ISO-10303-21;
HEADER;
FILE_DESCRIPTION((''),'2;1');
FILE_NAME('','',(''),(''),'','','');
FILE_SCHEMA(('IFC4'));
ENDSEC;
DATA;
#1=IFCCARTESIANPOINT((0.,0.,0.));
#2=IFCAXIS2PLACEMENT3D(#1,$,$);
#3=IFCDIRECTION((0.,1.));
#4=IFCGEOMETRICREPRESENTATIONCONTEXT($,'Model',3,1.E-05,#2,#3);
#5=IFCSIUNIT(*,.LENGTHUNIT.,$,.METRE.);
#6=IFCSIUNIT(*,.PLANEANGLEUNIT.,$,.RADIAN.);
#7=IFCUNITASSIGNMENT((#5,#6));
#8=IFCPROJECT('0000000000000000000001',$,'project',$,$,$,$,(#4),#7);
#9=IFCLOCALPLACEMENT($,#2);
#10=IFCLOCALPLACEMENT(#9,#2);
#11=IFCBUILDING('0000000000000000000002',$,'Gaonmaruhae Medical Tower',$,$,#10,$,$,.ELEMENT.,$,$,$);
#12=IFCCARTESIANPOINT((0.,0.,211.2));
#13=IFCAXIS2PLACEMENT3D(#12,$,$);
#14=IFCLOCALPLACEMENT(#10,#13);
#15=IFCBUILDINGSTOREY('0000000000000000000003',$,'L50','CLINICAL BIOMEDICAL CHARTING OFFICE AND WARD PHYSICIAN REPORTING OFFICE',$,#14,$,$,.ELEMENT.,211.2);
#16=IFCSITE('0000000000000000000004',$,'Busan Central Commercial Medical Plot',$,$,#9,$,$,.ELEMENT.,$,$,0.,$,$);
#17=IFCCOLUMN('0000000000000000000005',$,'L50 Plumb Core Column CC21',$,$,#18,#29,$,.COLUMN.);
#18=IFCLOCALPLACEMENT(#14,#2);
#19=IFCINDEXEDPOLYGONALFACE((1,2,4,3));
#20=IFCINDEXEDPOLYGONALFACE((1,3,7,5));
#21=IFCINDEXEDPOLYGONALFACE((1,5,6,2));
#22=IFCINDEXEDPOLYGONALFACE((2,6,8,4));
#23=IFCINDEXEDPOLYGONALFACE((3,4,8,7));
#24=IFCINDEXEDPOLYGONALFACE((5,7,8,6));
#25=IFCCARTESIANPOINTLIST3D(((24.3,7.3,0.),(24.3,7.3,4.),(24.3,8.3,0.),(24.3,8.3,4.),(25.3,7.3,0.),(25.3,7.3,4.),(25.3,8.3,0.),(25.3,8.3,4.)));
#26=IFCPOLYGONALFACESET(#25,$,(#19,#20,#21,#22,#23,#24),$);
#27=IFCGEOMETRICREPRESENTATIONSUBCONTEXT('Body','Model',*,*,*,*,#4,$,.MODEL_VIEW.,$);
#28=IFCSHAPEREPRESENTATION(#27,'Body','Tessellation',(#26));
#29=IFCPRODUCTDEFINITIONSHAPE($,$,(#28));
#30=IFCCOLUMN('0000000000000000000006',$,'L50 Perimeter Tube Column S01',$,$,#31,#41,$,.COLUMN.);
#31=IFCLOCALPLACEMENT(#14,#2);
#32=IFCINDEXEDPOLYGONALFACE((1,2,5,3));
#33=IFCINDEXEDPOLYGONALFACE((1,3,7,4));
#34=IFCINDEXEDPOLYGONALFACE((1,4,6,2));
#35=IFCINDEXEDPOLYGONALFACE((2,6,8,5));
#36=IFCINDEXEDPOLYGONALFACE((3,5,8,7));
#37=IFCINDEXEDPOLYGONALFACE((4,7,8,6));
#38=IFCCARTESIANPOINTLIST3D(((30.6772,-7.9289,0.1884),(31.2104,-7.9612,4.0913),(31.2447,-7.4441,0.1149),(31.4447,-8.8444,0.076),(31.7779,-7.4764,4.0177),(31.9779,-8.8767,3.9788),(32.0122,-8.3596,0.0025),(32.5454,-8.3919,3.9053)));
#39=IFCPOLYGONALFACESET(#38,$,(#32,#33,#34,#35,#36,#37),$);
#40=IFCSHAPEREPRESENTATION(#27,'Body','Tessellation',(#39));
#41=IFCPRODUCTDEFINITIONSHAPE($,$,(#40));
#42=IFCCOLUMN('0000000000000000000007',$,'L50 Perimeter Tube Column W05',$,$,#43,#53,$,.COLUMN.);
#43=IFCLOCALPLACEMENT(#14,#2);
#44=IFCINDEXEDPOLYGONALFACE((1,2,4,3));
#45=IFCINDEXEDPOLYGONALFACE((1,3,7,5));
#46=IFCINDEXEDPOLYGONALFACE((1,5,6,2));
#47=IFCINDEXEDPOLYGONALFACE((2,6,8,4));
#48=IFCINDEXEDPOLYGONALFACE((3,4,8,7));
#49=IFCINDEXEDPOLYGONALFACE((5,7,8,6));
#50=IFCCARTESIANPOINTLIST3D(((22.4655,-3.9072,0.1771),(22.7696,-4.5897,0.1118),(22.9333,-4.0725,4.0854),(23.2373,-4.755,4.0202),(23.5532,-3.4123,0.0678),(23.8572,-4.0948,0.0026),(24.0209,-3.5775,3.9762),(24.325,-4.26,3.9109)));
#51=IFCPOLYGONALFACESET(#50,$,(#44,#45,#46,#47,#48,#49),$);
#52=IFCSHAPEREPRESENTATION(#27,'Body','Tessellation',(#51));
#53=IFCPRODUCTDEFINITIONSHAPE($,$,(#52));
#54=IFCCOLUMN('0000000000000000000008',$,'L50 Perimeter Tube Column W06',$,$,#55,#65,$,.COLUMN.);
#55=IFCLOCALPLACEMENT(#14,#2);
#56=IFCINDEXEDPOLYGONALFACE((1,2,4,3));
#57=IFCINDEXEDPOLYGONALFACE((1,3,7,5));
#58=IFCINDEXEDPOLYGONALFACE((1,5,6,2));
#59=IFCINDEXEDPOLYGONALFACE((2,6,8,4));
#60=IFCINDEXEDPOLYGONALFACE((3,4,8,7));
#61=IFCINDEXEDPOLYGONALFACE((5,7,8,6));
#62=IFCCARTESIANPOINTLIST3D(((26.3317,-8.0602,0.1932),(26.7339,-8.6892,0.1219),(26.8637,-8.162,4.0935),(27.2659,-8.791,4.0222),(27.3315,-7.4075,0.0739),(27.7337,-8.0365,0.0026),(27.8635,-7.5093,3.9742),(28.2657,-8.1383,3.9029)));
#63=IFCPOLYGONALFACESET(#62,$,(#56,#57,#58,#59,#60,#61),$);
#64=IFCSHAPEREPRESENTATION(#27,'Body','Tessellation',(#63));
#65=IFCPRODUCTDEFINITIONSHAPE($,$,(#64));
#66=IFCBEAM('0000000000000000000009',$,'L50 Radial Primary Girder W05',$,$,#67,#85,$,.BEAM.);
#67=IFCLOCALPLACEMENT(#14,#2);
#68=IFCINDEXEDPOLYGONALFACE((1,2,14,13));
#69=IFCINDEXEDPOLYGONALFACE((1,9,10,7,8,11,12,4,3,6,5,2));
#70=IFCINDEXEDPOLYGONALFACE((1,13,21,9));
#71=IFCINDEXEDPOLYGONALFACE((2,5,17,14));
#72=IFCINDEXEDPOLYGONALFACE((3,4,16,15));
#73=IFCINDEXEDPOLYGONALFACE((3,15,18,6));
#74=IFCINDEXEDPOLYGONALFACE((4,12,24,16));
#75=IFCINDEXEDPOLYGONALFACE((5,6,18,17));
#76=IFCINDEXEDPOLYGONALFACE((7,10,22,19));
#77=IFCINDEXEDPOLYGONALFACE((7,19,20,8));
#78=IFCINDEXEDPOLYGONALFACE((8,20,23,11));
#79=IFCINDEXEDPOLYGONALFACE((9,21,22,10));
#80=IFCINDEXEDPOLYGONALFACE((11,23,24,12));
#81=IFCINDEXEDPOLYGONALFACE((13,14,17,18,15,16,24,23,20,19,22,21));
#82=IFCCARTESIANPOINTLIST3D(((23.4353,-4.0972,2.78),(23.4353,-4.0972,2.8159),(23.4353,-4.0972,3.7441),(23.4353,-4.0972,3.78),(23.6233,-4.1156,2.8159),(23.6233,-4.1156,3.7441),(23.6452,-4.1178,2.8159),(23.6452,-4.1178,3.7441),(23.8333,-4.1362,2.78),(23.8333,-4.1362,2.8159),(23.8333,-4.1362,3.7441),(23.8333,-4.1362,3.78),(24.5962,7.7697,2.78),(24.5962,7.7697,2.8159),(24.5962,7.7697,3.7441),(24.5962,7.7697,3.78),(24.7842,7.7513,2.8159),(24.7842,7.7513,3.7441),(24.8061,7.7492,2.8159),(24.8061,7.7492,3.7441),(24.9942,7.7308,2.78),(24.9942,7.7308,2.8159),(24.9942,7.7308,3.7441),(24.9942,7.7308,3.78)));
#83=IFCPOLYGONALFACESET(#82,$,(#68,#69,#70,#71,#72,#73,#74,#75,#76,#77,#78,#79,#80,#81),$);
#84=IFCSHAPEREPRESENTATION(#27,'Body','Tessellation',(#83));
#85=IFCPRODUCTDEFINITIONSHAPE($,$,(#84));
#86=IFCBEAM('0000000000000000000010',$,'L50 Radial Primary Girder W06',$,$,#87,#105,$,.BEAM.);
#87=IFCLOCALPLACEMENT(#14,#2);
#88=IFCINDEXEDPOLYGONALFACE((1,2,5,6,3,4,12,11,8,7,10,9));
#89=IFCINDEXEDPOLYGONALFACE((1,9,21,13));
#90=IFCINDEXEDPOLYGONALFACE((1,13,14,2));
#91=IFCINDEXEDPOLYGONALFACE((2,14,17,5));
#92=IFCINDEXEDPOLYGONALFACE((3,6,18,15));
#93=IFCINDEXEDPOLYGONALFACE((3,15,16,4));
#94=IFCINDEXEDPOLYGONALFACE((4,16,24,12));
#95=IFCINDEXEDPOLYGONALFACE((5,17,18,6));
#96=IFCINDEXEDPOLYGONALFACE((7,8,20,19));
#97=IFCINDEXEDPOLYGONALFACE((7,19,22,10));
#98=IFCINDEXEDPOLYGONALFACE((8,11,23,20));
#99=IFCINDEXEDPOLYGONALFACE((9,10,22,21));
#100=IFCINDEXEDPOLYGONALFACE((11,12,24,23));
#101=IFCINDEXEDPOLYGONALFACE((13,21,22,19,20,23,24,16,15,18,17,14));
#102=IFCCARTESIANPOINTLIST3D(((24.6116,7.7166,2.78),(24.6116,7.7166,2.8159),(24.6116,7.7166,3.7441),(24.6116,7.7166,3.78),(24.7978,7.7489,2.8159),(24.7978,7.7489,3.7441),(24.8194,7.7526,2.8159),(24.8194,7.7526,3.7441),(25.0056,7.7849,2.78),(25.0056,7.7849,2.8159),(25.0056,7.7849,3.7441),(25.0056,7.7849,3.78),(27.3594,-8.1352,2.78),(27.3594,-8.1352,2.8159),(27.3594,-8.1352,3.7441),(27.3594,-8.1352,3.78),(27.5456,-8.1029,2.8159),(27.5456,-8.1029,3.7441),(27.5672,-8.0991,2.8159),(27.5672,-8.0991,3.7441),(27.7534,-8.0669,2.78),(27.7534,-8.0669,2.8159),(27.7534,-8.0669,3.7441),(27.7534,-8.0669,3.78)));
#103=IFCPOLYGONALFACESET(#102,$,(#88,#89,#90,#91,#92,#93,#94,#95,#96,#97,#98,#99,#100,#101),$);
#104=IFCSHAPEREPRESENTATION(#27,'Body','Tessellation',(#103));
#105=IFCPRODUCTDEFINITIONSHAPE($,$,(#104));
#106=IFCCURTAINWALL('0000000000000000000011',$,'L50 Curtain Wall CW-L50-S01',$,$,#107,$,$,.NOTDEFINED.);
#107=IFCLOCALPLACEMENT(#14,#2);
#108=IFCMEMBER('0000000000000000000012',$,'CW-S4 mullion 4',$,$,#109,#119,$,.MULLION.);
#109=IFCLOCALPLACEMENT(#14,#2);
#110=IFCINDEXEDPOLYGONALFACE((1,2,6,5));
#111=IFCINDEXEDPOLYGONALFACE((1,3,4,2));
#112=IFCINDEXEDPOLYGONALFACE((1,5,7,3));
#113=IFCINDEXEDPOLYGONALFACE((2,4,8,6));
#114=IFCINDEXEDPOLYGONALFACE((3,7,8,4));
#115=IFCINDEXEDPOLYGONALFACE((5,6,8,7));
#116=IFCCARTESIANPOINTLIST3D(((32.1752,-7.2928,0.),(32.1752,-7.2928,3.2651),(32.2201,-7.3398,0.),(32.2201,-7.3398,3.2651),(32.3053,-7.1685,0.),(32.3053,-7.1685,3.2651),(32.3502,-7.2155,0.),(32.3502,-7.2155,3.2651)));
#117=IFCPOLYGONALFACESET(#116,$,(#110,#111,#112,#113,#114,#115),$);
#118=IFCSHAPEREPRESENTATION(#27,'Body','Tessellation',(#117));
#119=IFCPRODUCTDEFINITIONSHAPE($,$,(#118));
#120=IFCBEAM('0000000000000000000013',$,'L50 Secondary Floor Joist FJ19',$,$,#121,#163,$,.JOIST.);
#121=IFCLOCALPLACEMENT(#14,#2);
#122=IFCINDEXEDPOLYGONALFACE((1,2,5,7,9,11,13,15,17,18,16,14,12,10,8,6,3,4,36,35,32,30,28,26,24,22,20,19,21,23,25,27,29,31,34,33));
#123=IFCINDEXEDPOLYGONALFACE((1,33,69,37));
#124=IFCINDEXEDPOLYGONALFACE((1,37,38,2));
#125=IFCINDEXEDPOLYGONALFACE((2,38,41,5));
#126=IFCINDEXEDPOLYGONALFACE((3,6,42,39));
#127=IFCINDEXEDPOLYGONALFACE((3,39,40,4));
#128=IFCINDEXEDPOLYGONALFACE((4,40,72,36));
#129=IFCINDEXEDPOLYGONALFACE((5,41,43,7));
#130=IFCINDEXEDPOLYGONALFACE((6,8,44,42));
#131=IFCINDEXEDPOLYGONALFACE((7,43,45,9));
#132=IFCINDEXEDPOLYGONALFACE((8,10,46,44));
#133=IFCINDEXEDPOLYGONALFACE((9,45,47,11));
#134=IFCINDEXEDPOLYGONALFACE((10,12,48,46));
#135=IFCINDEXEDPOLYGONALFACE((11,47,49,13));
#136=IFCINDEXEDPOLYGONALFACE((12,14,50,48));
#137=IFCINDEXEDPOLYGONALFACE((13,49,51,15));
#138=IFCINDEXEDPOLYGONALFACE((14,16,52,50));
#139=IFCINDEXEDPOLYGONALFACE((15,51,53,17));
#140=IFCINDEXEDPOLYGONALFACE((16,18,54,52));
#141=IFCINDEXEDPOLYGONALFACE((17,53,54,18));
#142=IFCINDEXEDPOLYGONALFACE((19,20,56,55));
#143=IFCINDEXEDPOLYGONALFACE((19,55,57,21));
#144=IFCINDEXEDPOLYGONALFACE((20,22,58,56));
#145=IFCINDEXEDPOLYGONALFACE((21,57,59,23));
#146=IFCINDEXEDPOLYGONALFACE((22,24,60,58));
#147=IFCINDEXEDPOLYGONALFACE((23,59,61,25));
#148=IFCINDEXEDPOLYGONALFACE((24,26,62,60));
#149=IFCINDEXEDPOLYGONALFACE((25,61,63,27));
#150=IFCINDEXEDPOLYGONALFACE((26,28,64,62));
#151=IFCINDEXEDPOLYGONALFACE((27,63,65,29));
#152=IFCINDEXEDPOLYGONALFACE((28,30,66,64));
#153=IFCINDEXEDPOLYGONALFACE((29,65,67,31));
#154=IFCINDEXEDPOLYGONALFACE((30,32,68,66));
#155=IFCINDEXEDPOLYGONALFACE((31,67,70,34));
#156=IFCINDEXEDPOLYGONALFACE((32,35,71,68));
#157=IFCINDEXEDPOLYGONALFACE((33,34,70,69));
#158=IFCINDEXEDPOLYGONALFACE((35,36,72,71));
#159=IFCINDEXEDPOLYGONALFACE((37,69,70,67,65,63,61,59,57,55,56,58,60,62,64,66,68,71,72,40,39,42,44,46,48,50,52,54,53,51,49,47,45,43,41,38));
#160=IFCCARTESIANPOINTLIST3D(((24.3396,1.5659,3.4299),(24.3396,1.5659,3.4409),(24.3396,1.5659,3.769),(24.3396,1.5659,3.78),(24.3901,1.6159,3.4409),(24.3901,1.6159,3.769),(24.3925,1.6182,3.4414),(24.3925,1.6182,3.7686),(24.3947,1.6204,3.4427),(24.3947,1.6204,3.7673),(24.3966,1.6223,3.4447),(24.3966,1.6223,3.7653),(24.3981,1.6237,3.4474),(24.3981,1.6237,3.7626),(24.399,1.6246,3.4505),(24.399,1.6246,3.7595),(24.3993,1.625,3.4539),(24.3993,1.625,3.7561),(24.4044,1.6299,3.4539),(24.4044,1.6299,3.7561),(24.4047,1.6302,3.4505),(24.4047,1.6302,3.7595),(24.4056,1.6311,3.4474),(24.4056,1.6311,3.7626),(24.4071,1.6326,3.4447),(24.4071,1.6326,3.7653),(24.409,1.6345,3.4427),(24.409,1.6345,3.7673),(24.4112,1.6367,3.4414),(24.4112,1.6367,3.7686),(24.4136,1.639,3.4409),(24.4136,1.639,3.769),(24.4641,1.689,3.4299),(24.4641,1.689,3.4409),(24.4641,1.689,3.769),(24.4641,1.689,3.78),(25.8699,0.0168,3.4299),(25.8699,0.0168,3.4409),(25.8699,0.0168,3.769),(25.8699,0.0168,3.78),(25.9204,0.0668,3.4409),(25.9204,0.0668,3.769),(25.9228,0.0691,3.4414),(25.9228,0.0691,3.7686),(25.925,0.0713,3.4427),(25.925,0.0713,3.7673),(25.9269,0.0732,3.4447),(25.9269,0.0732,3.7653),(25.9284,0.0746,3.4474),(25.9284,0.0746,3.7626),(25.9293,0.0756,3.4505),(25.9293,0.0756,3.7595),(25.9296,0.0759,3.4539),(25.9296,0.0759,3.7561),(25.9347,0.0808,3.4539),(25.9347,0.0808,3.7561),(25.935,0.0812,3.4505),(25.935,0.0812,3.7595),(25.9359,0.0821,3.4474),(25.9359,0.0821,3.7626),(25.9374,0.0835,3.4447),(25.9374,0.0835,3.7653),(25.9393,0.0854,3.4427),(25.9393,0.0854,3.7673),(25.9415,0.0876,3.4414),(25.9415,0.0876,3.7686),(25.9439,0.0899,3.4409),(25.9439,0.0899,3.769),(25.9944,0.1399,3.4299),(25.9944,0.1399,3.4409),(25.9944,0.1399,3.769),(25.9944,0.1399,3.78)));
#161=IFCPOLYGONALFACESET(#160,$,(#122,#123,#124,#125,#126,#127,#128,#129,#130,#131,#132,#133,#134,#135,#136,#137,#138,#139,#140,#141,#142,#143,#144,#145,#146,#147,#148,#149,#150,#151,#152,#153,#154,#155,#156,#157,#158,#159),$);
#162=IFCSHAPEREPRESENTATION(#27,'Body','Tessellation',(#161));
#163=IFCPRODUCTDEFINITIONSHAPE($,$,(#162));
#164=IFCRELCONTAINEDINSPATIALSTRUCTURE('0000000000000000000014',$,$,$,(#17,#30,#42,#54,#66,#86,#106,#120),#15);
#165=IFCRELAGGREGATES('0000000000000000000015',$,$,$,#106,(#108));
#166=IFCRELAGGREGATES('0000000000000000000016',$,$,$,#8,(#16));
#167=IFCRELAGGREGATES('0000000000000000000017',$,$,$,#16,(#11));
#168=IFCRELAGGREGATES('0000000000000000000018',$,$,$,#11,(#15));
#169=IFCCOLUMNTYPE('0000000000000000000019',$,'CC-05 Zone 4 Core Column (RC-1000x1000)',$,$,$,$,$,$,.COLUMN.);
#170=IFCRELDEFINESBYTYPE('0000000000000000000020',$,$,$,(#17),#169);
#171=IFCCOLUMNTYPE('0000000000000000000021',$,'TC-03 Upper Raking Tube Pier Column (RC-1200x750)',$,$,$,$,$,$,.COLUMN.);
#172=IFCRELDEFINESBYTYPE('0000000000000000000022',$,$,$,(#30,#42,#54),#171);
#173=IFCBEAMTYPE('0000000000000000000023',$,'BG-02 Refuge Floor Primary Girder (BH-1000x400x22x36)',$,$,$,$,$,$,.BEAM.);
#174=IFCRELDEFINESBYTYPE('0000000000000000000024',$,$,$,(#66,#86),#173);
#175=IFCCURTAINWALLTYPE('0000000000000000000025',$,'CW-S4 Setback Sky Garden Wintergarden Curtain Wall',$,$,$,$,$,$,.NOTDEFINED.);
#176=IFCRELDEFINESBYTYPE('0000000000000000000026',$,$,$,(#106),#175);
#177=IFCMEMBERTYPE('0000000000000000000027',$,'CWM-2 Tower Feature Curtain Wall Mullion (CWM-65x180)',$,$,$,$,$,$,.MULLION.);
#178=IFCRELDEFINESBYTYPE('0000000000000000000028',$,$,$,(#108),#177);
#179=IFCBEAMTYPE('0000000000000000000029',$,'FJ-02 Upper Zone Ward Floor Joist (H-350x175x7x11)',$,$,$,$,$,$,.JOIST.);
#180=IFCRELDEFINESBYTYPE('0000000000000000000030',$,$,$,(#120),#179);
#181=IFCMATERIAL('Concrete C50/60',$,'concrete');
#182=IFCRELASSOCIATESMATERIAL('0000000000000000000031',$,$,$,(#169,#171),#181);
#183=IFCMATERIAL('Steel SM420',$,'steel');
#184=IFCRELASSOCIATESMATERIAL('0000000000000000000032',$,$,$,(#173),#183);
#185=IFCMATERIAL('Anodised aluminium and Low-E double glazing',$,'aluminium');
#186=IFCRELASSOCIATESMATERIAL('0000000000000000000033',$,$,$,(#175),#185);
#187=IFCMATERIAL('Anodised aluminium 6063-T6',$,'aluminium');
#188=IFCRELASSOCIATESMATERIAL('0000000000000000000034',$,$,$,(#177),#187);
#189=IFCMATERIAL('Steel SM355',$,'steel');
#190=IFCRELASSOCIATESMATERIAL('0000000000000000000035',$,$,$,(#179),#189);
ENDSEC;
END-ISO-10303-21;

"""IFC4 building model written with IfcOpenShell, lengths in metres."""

from ifc_helpers import new_model, si_unit, direction, frame, origin, origin_2d, place, context, subcontext, project, spatial, rectangle, i_section, extrude, material, material_profile, profile_set, type_object, element, aggregate, save


model = new_model("IFC4")

# Units and contexts
model_context = context("Model", 3, precision=1e-05, world=origin(), true_north=direction((0.0, 1.0)))
body_context = subcontext(model_context, "Body", "Model", "MODEL_VIEW")
ifc_project = project(units=[si_unit("LENGTHUNIT", "METRE"), si_unit("PLANEANGLEUNIT", "RADIAN")], contexts=[model_context])

# Site, building, storey
site_placement = place(None, origin())
site = spatial("IfcSite", under=ifc_project, at=site_placement, Name="Busan Central Commercial Medical Plot", CompositionType="ELEMENT", RefElevation=0.0)
building_placement = place(site_placement, origin())
building = spatial("IfcBuilding", under=site, at=building_placement, Name="Gaonmaruhae Medical Tower", CompositionType="ELEMENT")
storey_placement = place(building_placement, frame((0.0, 0.0, 211.2)))
storey = spatial("IfcBuildingStorey", under=building, at=storey_placement, Name="L50", Description="CLINICAL BIOMEDICAL CHARTING OFFICE AND WARD PHYSICIAN REPORTING OFFICE", CompositionType="ELEMENT", Elevation=211.2)

# Columns
ifc_material_1 = material(Name="Concrete C50/60", Category="concrete")
ifc_material_profile_1 = material_profile(ifc_material_1, rectangle(XDim=1.0, YDim=1.0, at=origin_2d()), Name="RC-1000x1000")
ifc_profile_set_1 = profile_set([ifc_material_profile_1], Name="Concrete C50/60")
column_type_1 = type_object("IfcColumnType", Name="CC-05 Zone 4 Core Column (RC-1000x1000)", PredefinedType="COLUMN", material=ifc_profile_set_1)
column_1_placement = place(storey_placement, frame((24.8, 7.8, 0.0), z_axis=(0.0, 0.0, 1.0), x_axis=(1.0, 0.0, 0.0)))
element("IfcColumn", 1, at=column_1_placement, inside=storey, type_object=column_type_1, Name="L50 Plumb Core Column CC21", PredefinedType="COLUMN", context=body_context, shape_type="SweptSolid", body=[
    extrude(rectangle(XDim=1.0, YDim=1.0, at=origin_2d()), origin(), (0.0, 0.0, 1.0), 4.0),
])
ifc_material_profile_2 = material_profile(ifc_material_1, rectangle(XDim=1.2, YDim=0.75, at=origin_2d()), Name="RC-1200x750")
ifc_profile_set_2 = profile_set([ifc_material_profile_2], Name="Concrete C50/60")
column_type_2 = type_object("IfcColumnType", Name="TC-03 Upper Raking Tube Pier Column (RC-1200x750)", PredefinedType="COLUMN", material=ifc_profile_set_2)
column_2_placement = place(storey_placement, frame((31.3447, -8.1443, 0.0955), z_axis=(0.135358, -0.008181, 0.990763), x_axis=(-0.639638, 0.762946, 0.093687)))
element("IfcColumn", 2, at=column_2_placement, inside=storey, type_object=column_type_2, Name="L50 Perimeter Tube Column S01", PredefinedType="COLUMN", context=body_context, shape_type="SweptSolid", body=[
    extrude(rectangle(XDim=1.2, YDim=0.75, at=origin_2d()), origin(), (0.0, 0.0, 1.0), 3.9392),
])
column_3_placement = place(storey_placement, frame((23.1614, -4.001, 0.0898), z_axis=(0.11873, -0.041952, 0.99204), x_axis=(-0.90641, -0.412471, 0.091039)))
element("IfcColumn", 3, at=column_3_placement, inside=storey, type_object=column_type_2, Name="L50 Perimeter Tube Column W05", PredefinedType="COLUMN", context=body_context, shape_type="SweptSolid", body=[
    extrude(rectangle(XDim=1.2, YDim=0.75, at=origin_2d()), origin(), (0.0, 0.0, 1.0), 3.9397),
])
column_4_placement = place(storey_placement, frame((27.0327, -8.0483, 0.0979), z_axis=(0.135096, -0.025854, 0.990495), x_axis=(-0.833191, -0.54397, 0.099442)))
element("IfcColumn", 4, at=column_4_placement, inside=storey, type_object=column_type_2, Name="L50 Perimeter Tube Column W06", PredefinedType="COLUMN", context=body_context, shape_type="SweptSolid", body=[
    extrude(rectangle(XDim=1.2, YDim=0.75, at=origin_2d()), origin(), (0.0, 0.0, 1.0), 3.9377),
])

# Beams
ifc_material_2 = material(Name="Steel SM420", Category="steel")
ifc_material_profile_3 = material_profile(ifc_material_2, i_section(OverallWidth=0.3999, OverallDepth=1.0, WebThickness=0.022, FlangeThickness=0.0359, at=origin_2d()), Name="BH-1000x400x22x36")
ifc_profile_set_3 = profile_set([ifc_material_profile_3], Name="Steel SM420")
beam_type_1 = type_object("IfcBeamType", Name="BG-02 Refuge Floor Primary Girder (BH-1000x400x22x36)", PredefinedType="BEAM", material=ifc_profile_set_3)
beam_1_placement = place(storey_placement, frame((24.7952, 7.7502, 3.28), z_axis=(-0.097361, -0.995249, 0.0), x_axis=(0.995249, -0.097361, 0.0)))
element("IfcBeam", 5, at=beam_1_placement, inside=storey, type_object=beam_type_1, Name="L50 Radial Primary Girder W05", PredefinedType="BEAM", context=body_context, shape_type="SweptSolid", body=[
    extrude(i_section(OverallWidth=0.3999, OverallDepth=1.0, WebThickness=0.022, FlangeThickness=0.0359, at=origin_2d()), origin(), (0.0, 0.0, 1.0), 11.9236),
])
beam_2_placement = place(storey_placement, frame((24.8086, 7.7507, 3.28), z_axis=(0.170796, -0.985306, 0.0), x_axis=(0.985306, 0.170796, 0.0)))
element("IfcBeam", 6, at=beam_2_placement, inside=storey, type_object=beam_type_1, Name="L50 Radial Primary Girder W06", PredefinedType="BEAM", context=body_context, shape_type="SweptSolid", body=[
    extrude(i_section(OverallWidth=0.3999, OverallDepth=1.0, WebThickness=0.022, FlangeThickness=0.0359, at=origin_2d()), origin(), (0.0, 0.0, 1.0), 16.0881),
])

# Curtain wall, member
ifc_material_3 = material(Name="Anodised aluminium and Low-E double glazing", Category="aluminium")
curtain_wall_type = type_object("IfcCurtainWallType", Name="CW-S4 Setback Sky Garden Wintergarden Curtain Wall", PredefinedType="NOTDEFINED", material=ifc_material_3)
curtain_wall_placement = place(storey_placement, origin())
curtain_wall = element("IfcCurtainWall", 7, at=curtain_wall_placement, inside=storey, type_object=curtain_wall_type, Name="L50 Curtain Wall CW-L50-S01", PredefinedType="NOTDEFINED")
ifc_material_4 = material(Name="Anodised aluminium 6063-T6", Category="aluminium")
ifc_material_profile_4 = material_profile(ifc_material_4, rectangle(XDim=0.0649, YDim=0.1799, at=origin_2d()), Name="CWM-65x180")
ifc_profile_set_4 = profile_set([ifc_material_profile_4], Name="Anodised aluminium 6063-T6")
member_type = type_object("IfcMemberType", Name="CWM-2 Tower Feature Curtain Wall Mullion (CWM-65x180)", PredefinedType="MULLION", material=ifc_profile_set_4)
member_placement = place(storey_placement, frame((32.2627, -7.2542, 0.0), z_axis=(0.0, 0.0, 1.0), x_axis=(0.690882, -0.722967, 0.0)))
member = element("IfcMember", 8, at=member_placement, type_object=member_type, Name="CW-S4 mullion 4", PredefinedType="MULLION", context=body_context, shape_type="SweptSolid", body=[
    extrude(rectangle(XDim=0.0649, YDim=0.1799, at=origin_2d()), origin(), (0.0, 0.0, 1.0), 3.2651),
])
aggregate(curtain_wall, [member])

# Beam
ifc_material_5 = material(Name="Steel SM355", Category="steel")
ifc_material_profile_5 = material_profile(ifc_material_5, i_section(OverallWidth=0.175, OverallDepth=0.3501, WebThickness=0.0071, FlangeThickness=0.011, FilletRadius=0.0129, at=origin_2d()), Name="H-350x175x7x11")
ifc_profile_set_5 = profile_set([ifc_material_profile_5], Name="Steel SM355")
beam_type_2 = type_object("IfcBeamType", Name="FJ-02 Upper Zone Ward Floor Joist (H-350x175x7x11)", PredefinedType="JOIST", material=ifc_profile_set_5)
beam_3_placement = place(storey_placement, frame((24.4019, 1.6274, 3.605), z_axis=(0.702777, -0.71141, 0.0), x_axis=(0.71141, 0.702777, 0.0)))
element("IfcBeam", 9, at=beam_3_placement, inside=storey, type_object=beam_type_2, Name="L50 Secondary Floor Joist FJ19", PredefinedType="JOIST", context=body_context, shape_type="SweptSolid", body=[
    extrude(i_section(OverallWidth=0.175, OverallDepth=0.3501, WebThickness=0.0071, FlangeThickness=0.011, FilletRadius=0.0129, at=origin_2d()), origin(), (0.0, 0.0, 1.0), 2.1775),
])

save(model, "model.ifc")
